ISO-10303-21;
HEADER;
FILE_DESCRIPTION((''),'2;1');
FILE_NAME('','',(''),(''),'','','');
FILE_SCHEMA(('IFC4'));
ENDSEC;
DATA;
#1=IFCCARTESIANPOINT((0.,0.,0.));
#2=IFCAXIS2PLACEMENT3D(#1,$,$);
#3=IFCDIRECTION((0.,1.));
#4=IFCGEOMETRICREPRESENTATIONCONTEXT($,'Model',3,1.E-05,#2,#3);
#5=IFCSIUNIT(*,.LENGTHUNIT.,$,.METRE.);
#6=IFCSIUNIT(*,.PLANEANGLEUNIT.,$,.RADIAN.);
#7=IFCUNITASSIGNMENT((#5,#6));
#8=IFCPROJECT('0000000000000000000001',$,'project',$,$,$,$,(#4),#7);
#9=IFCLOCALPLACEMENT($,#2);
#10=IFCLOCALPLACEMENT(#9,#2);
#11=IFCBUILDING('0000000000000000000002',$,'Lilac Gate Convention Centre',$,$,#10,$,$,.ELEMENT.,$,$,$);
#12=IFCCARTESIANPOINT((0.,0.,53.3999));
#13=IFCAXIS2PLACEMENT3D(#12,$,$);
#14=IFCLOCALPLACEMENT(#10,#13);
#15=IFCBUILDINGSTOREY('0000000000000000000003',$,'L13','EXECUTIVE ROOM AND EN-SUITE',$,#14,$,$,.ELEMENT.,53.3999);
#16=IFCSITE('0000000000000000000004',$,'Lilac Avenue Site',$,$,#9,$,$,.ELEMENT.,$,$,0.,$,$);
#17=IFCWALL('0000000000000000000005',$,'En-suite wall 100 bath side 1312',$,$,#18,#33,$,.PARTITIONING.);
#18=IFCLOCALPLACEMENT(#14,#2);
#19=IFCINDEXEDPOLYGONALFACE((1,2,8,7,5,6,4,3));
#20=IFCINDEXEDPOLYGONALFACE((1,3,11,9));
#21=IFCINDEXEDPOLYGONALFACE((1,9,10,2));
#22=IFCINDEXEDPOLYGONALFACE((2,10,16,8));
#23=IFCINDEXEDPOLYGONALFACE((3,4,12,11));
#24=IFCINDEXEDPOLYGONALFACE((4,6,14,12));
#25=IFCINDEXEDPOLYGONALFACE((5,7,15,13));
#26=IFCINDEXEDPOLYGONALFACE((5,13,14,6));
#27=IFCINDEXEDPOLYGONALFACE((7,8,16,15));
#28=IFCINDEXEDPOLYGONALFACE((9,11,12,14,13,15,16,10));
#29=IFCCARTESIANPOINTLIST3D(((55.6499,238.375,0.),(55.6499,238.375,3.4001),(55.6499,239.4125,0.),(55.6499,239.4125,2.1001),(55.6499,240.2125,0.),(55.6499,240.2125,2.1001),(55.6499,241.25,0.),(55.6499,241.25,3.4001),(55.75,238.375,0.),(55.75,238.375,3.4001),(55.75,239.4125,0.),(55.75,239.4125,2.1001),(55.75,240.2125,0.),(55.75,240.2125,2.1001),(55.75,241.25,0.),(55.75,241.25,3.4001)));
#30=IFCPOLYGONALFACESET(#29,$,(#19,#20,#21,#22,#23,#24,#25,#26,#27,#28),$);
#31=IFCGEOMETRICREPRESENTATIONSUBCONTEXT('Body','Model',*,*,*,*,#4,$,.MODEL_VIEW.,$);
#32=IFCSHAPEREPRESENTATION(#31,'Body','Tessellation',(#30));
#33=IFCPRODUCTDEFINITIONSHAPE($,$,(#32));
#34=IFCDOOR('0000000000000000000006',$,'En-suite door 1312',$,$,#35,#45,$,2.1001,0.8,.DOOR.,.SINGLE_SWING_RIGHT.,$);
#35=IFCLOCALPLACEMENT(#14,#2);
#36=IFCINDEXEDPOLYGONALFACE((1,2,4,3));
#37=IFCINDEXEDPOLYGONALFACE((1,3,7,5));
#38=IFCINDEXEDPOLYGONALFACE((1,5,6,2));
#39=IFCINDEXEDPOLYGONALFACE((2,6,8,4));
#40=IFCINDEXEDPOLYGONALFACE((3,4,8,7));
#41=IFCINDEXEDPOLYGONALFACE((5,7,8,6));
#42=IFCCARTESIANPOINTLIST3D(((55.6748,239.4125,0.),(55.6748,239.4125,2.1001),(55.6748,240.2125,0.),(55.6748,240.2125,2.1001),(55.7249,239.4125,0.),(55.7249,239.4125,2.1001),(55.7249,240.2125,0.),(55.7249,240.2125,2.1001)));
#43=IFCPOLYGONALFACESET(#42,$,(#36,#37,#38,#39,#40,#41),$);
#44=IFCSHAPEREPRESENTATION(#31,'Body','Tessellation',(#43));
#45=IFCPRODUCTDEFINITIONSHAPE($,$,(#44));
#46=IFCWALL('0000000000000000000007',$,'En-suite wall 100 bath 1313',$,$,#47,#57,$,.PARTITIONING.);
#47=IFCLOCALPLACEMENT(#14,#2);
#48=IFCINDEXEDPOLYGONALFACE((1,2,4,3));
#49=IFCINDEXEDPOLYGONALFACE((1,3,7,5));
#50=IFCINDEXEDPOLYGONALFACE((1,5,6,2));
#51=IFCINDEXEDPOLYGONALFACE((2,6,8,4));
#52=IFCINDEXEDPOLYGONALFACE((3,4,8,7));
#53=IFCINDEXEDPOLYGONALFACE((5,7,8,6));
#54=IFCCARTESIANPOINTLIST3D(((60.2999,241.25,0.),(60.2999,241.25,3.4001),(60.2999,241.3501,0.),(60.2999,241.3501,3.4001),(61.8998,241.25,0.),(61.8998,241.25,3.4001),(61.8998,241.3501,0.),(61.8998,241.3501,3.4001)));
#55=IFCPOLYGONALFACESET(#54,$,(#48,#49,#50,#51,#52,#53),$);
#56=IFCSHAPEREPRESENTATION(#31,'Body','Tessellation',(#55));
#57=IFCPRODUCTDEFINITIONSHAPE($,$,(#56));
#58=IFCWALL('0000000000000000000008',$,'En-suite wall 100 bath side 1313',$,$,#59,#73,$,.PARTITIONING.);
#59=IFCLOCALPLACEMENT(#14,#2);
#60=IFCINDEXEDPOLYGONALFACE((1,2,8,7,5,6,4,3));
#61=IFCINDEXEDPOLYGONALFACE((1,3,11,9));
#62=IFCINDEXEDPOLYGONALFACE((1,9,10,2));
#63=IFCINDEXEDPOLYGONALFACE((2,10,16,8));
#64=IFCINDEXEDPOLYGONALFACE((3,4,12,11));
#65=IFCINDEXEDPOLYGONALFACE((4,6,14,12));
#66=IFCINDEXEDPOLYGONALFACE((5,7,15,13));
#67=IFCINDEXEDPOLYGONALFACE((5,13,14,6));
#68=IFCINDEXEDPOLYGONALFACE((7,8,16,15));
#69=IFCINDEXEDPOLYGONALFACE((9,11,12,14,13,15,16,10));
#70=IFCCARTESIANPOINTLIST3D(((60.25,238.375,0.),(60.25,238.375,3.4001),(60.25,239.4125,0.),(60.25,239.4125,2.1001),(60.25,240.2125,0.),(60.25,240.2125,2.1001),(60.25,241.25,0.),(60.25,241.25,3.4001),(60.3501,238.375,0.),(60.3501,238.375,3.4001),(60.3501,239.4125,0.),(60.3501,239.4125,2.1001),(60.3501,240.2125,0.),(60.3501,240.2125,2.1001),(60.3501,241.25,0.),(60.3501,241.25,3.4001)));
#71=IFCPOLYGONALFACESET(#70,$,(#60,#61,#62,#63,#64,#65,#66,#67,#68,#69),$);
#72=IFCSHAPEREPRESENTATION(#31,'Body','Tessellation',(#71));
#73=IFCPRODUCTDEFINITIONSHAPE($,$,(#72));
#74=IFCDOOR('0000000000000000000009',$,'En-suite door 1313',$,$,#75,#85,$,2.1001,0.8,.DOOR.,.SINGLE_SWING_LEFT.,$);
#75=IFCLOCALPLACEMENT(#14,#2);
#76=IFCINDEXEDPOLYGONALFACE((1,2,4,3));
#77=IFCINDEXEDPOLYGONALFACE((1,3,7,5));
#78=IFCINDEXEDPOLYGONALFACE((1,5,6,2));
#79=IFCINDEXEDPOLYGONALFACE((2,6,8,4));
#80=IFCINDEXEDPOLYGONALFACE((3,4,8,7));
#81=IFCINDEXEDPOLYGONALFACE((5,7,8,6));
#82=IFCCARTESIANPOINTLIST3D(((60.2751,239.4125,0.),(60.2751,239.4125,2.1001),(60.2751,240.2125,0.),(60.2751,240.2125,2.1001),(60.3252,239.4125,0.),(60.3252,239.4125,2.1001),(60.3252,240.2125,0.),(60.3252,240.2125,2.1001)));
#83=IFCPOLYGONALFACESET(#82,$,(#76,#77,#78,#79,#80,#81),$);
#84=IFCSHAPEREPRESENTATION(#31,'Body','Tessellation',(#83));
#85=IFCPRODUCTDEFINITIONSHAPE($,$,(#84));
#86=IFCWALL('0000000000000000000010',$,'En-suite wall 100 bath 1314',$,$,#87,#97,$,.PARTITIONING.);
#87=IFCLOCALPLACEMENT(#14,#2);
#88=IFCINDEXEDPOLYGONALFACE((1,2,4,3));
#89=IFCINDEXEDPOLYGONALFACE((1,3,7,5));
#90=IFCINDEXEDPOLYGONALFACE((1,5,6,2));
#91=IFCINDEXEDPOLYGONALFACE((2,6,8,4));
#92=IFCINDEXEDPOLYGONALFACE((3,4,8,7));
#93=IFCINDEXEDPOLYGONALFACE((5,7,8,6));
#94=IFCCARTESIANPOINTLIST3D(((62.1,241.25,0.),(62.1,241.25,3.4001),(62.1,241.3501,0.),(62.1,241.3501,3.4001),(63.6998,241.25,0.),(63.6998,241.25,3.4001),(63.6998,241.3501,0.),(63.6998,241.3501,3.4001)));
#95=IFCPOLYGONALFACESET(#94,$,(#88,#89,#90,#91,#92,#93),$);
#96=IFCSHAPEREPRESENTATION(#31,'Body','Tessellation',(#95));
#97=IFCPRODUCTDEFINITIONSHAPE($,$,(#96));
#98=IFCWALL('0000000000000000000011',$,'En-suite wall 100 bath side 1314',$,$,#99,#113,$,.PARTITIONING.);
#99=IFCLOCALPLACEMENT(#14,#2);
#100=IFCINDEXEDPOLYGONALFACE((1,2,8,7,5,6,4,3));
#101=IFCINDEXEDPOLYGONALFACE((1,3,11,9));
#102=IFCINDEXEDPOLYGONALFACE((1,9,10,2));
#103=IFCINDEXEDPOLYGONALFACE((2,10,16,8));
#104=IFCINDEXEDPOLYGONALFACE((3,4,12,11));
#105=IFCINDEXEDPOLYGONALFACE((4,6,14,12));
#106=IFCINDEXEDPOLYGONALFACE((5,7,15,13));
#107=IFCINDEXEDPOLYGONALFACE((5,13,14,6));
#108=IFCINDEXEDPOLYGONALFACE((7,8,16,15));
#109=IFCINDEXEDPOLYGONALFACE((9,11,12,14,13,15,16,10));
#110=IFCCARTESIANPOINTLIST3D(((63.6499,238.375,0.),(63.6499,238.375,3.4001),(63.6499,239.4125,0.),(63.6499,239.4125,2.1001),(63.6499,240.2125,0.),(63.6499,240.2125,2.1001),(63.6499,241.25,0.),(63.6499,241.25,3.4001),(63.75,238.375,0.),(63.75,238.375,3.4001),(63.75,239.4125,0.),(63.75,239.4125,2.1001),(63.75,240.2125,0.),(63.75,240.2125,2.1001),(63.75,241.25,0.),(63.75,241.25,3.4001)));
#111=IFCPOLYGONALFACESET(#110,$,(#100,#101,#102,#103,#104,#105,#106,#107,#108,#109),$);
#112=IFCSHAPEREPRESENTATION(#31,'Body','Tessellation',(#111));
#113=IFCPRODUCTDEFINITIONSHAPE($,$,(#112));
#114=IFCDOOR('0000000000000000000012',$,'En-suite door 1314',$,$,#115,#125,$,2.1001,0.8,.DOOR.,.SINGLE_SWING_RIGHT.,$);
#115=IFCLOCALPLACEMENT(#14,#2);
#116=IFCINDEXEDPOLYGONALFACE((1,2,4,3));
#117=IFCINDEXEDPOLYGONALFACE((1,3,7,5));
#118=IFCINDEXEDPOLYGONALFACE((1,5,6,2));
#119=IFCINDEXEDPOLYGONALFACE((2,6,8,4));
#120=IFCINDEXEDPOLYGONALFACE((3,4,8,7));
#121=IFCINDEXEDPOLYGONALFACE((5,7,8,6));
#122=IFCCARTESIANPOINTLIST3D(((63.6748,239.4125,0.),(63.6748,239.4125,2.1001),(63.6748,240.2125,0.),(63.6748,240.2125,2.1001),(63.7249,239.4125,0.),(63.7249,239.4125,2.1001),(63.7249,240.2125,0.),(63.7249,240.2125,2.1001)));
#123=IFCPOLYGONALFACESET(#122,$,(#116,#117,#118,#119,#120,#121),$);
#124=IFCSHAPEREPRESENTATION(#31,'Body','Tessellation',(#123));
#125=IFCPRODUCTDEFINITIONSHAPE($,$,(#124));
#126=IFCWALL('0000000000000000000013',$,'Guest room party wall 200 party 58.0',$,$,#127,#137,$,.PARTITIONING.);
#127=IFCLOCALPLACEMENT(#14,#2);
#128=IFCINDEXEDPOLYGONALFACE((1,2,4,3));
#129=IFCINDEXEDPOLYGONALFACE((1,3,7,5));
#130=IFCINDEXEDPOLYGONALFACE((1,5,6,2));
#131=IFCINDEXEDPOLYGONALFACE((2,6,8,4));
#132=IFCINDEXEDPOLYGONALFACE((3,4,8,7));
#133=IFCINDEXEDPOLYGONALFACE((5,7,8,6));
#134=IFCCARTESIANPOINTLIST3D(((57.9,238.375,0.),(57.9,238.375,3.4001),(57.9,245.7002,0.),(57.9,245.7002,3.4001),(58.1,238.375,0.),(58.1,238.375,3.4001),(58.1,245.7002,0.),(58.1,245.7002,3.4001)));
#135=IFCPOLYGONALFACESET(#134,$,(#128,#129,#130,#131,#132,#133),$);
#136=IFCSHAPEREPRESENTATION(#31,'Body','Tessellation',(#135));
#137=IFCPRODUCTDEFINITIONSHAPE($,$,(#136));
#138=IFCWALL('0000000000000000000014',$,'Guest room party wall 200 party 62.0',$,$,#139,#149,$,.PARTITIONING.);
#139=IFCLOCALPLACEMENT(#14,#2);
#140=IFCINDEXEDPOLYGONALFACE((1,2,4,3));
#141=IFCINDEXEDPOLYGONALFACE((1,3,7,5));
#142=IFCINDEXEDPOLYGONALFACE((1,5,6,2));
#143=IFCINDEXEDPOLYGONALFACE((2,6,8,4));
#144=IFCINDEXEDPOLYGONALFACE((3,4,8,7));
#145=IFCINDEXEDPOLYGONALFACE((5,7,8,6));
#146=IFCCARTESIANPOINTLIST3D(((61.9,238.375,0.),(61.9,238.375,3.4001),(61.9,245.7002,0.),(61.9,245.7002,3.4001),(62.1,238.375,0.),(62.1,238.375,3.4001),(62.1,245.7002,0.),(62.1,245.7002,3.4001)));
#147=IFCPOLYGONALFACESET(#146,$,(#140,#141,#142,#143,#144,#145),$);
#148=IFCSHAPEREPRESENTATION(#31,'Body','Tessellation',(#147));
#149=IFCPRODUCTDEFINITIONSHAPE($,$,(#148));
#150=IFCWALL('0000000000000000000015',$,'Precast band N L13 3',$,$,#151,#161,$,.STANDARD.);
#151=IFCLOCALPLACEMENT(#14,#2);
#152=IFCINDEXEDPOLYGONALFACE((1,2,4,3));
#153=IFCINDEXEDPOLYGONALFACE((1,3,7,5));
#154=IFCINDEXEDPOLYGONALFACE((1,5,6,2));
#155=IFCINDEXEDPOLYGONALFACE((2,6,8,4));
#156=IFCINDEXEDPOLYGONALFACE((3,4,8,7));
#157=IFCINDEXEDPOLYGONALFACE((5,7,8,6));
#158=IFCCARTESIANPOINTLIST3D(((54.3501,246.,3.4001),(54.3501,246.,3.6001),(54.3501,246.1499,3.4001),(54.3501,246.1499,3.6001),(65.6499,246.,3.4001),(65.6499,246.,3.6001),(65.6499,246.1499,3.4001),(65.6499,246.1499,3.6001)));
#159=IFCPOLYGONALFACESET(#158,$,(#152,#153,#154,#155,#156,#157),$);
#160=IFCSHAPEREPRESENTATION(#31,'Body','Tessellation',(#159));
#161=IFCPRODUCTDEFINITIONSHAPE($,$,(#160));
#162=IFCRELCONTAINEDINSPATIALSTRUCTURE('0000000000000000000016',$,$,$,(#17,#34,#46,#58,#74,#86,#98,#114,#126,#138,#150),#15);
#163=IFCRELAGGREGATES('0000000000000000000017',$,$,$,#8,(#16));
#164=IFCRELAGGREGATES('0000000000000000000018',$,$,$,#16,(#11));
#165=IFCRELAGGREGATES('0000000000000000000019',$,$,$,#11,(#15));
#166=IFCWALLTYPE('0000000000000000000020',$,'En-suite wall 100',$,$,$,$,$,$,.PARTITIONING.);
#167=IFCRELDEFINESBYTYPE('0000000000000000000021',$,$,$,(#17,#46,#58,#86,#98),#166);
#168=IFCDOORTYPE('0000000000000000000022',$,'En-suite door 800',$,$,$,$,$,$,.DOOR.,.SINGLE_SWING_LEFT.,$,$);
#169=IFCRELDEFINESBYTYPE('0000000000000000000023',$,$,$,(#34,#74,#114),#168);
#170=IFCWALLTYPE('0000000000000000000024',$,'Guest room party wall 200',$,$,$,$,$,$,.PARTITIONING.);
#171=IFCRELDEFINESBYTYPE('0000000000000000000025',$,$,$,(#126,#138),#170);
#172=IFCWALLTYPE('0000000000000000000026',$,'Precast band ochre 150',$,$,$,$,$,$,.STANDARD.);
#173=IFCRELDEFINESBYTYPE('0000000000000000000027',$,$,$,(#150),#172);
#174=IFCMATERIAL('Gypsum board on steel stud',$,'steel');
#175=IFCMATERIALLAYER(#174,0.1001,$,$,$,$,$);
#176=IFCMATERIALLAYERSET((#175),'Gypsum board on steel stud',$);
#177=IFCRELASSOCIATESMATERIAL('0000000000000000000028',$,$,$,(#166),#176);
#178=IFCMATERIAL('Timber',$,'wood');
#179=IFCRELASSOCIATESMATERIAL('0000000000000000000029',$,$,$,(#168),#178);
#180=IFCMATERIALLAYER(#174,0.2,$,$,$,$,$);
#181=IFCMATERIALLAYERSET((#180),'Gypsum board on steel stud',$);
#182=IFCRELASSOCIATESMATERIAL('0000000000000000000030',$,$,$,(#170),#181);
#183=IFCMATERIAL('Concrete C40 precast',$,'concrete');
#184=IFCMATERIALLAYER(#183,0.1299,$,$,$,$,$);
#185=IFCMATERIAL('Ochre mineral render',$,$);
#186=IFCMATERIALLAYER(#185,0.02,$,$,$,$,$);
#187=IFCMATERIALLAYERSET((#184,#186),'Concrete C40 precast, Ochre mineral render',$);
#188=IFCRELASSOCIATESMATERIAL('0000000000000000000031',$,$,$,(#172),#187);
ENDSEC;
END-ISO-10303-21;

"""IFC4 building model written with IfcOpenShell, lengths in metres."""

from ifc_helpers import new_model, si_unit, direction, frame, frame_2d, origin, place, context, subcontext, project, spatial, rectangle, extrude, material, layer, layer_set, type_object, element, fill, save


model = new_model("IFC4")

# Units and contexts
model_context = context("Model", 3, precision=1e-05, world=origin(), true_north=direction((0.0, 1.0)))
body_context = subcontext(model_context, "Body", "Model", "MODEL_VIEW")
ifc_project = project(units=[si_unit("LENGTHUNIT", "METRE"), si_unit("PLANEANGLEUNIT", "RADIAN")], contexts=[model_context])

# Site, building, storey
site_placement = place(None, origin())
site = spatial("IfcSite", under=ifc_project, at=site_placement, Name="Lilac Avenue Site", CompositionType="ELEMENT", RefElevation=0.0)
building_placement = place(site_placement, origin())
building = spatial("IfcBuilding", under=site, at=building_placement, Name="Lilac Gate Convention Centre", CompositionType="ELEMENT")
storey_placement = place(building_placement, frame((0.0, 0.0, 53.3999)))
storey = spatial("IfcBuildingStorey", under=building, at=storey_placement, Name="L13", Description="EXECUTIVE ROOM AND EN-SUITE", CompositionType="ELEMENT", Elevation=53.3999)

# Shared definitions
ifc_material_1 = material(Name="Gypsum board on steel stud", Category="steel")
ifc_material_2 = material(Name="Timber", Category="wood")

# Shared definitions
ifc_layer_1 = layer(ifc_material_1, 0.1001)
ifc_layer_set_1 = layer_set([ifc_layer_1], Name="Gypsum board on steel stud")
wall_type_1 = type_object("IfcWallType", Name="En-suite wall 100", PredefinedType="PARTITIONING", material=ifc_layer_set_1)

# Wall, opening, door
wall_1_placement = place(storey_placement, frame((55.7, 241.25, 0.0), z_axis=(0.0, 0.0, 1.0), x_axis=(0.0, -1.0, 0.0)))
wall_1 = element("IfcWall", 1, at=wall_1_placement, inside=storey, type_object=wall_type_1, Name="En-suite wall 100 bath side 1312", PredefinedType="PARTITIONING", context=body_context, shape_type="SweptSolid", body=[
    extrude(rectangle(XDim=2.875, YDim=0.1001, at=frame_2d((1.4375, 0.0))), origin(), (0.0, 0.0, 1.0), 3.4001),
])
opening_1_placement = place(wall_1_placement, frame((1.0376, 0.0, 0.0)))
opening_1 = element("IfcOpeningElement", 2, at=opening_1_placement, cuts=wall_1, PredefinedType="OPENING", context=body_context, shape_type="SweptSolid", body=[
    extrude(rectangle(XDim=0.8, YDim=2.1001, at=frame_2d((0.3999, 1.05))), frame((0.0, 0.0601, 0.0), z_axis=(0.0, -1.0, 0.0), x_axis=(1.0, 0.0, 0.0)), (0.0, 0.0, 1.0), 0.1201),
])
door_type_1 = type_object("IfcDoorType", Name="En-suite door 800", OperationType="SINGLE_SWING_LEFT", PredefinedType="DOOR", material=ifc_material_2)
door_1_placement = place(opening_1_placement, origin())
door_1 = element("IfcDoor", 3, at=door_1_placement, inside=storey, type_object=door_type_1, Name="En-suite door 1312", OperationType="SINGLE_SWING_RIGHT", OverallHeight=2.1001, OverallWidth=0.8, PredefinedType="DOOR", context=body_context, shape_type="SweptSolid", body=[
    extrude(rectangle(XDim=0.8, YDim=2.1001, at=frame_2d((0.3999, 1.05))), frame((0.0, 0.0249, 0.0), z_axis=(0.0, -1.0, 0.0), x_axis=(1.0, 0.0, 0.0)), (0.0, 0.0, 1.0), 0.05),
])
fill(opening_1, door_1)

# Wall
wall_2_placement = place(storey_placement, frame((60.3, 241.3, 0.0), z_axis=(0.0, 0.0, 1.0), x_axis=(1.0, 0.0, 0.0)))
element("IfcWall", 4, at=wall_2_placement, inside=storey, type_object=wall_type_1, Name="En-suite wall 100 bath 1313", PredefinedType="PARTITIONING", context=body_context, shape_type="SweptSolid", body=[
    extrude(rectangle(XDim=1.5999, YDim=0.1001, at=frame_2d((0.7998, 0.0))), origin(), (0.0, 0.0, 1.0), 3.4001),
])

# Wall, opening, door
wall_3_placement = place(storey_placement, frame((60.3, 238.375, 0.0), z_axis=(0.0, 0.0, 1.0), x_axis=(0.0, 1.0, 0.0)))
wall_3 = element("IfcWall", 5, at=wall_3_placement, inside=storey, type_object=wall_type_1, Name="En-suite wall 100 bath side 1313", PredefinedType="PARTITIONING", context=body_context, shape_type="SweptSolid", body=[
    extrude(rectangle(XDim=2.875, YDim=0.1001, at=frame_2d((1.4375, 0.0))), origin(), (0.0, 0.0, 1.0), 3.4001),
])
opening_2_placement = place(wall_3_placement, frame((1.0376, 0.0, 0.0)))
opening_2 = element("IfcOpeningElement", 6, at=opening_2_placement, cuts=wall_3, PredefinedType="OPENING", context=body_context, shape_type="SweptSolid", body=[
    extrude(rectangle(XDim=0.8, YDim=2.1001, at=frame_2d((0.3999, 1.05))), frame((0.0, 0.0601, 0.0), z_axis=(0.0, -1.0, 0.0), x_axis=(1.0, 0.0, 0.0)), (0.0, 0.0, 1.0), 0.1201),
])
door_2_placement = place(opening_2_placement, origin())
door_2 = element("IfcDoor", 7, at=door_2_placement, inside=storey, type_object=door_type_1, Name="En-suite door 1313", OperationType="SINGLE_SWING_LEFT", OverallHeight=2.1001, OverallWidth=0.8, PredefinedType="DOOR", context=body_context, shape_type="SweptSolid", body=[
    extrude(rectangle(XDim=0.8, YDim=2.1001, at=frame_2d((0.3999, 1.05))), frame((0.0, 0.0249, 0.0), z_axis=(0.0, -1.0, 0.0), x_axis=(1.0, 0.0, 0.0)), (0.0, 0.0, 1.0), 0.05),
])
fill(opening_2, door_2)

# Wall
wall_4_placement = place(storey_placement, frame((62.1001, 241.3, 0.0), z_axis=(0.0, 0.0, 1.0), x_axis=(1.0, 0.0, 0.0)))
element("IfcWall", 8, at=wall_4_placement, inside=storey, type_object=wall_type_1, Name="En-suite wall 100 bath 1314", PredefinedType="PARTITIONING", context=body_context, shape_type="SweptSolid", body=[
    extrude(rectangle(XDim=1.5999, YDim=0.1001, at=frame_2d((0.7998, 0.0))), origin(), (0.0, 0.0, 1.0), 3.4001),
])

# Wall, opening, door
wall_5_placement = place(storey_placement, frame((63.7, 241.25, 0.0), z_axis=(0.0, 0.0, 1.0), x_axis=(0.0, -1.0, 0.0)))
wall_5 = element("IfcWall", 9, at=wall_5_placement, inside=storey, type_object=wall_type_1, Name="En-suite wall 100 bath side 1314", PredefinedType="PARTITIONING", context=body_context, shape_type="SweptSolid", body=[
    extrude(rectangle(XDim=2.875, YDim=0.1001, at=frame_2d((1.4375, 0.0))), origin(), (0.0, 0.0, 1.0), 3.4001),
])
opening_3_placement = place(wall_5_placement, frame((1.0376, 0.0, 0.0)))
opening_3 = element("IfcOpeningElement", 10, at=opening_3_placement, cuts=wall_5, PredefinedType="OPENING", context=body_context, shape_type="SweptSolid", body=[
    extrude(rectangle(XDim=0.8, YDim=2.1001, at=frame_2d((0.3999, 1.05))), frame((0.0, 0.0601, 0.0), z_axis=(0.0, -1.0, 0.0), x_axis=(1.0, 0.0, 0.0)), (0.0, 0.0, 1.0), 0.1201),
])
door_3_placement = place(opening_3_placement, origin())
door_3 = element("IfcDoor", 11, at=door_3_placement, inside=storey, type_object=door_type_1, Name="En-suite door 1314", OperationType="SINGLE_SWING_RIGHT", OverallHeight=2.1001, OverallWidth=0.8, PredefinedType="DOOR", context=body_context, shape_type="SweptSolid", body=[
    extrude(rectangle(XDim=0.8, YDim=2.1001, at=frame_2d((0.3999, 1.05))), frame((0.0, 0.0249, 0.0), z_axis=(0.0, -1.0, 0.0), x_axis=(1.0, 0.0, 0.0)), (0.0, 0.0, 1.0), 0.05),
])
fill(opening_3, door_3)

# Walls
ifc_layer_2 = layer(ifc_material_1, 0.2)
ifc_layer_set_2 = layer_set([ifc_layer_2], Name="Gypsum board on steel stud")
wall_type_2 = type_object("IfcWallType", Name="Guest room party wall 200", PredefinedType="PARTITIONING", material=ifc_layer_set_2)
for number, where, z_axis, x_axis, name in (
    (12, (58.0, 245.7002, 0.0), (0.0, 0.0, 1.0), (0.0, -1.0, 0.0), "Guest room party wall 200 party 58.0"),
    (13, (62.0, 245.7002, 0.0), (0.0, 0.0, 1.0), (0.0, -1.0, 0.0), "Guest room party wall 200 party 62.0"),
):
    element("IfcWall", number, at=place(storey_placement, frame(where, z_axis=z_axis, x_axis=x_axis)), inside=storey, type_object=wall_type_2, Name=name, PredefinedType="PARTITIONING", context=body_context, shape_type="SweptSolid", body=[
        extrude(rectangle(XDim=7.3252, YDim=0.2, at=frame_2d((3.6626, 0.0))), origin(), (0.0, 0.0, 1.0), 3.4001),
    ])
ifc_material_3 = material(Name="Concrete C40 precast", Category="concrete")
ifc_layer_3 = layer(ifc_material_3, 0.1299)
ifc_material_4 = material(Name="Ochre mineral render")
ifc_layer_4 = layer(ifc_material_4, 0.02)
ifc_layer_set_3 = layer_set([ifc_layer_3, ifc_layer_4], Name="Concrete C40 precast, Ochre mineral render")
wall_type_3 = type_object("IfcWallType", Name="Precast band ochre 150", PredefinedType="STANDARD", material=ifc_layer_set_3)
wall_6_placement = place(storey_placement, frame((65.6499, 246.075, 3.4001), z_axis=(0.0, 0.0, 1.0), x_axis=(-1.0, 0.0, 0.0)))
element("IfcWall", 14, at=wall_6_placement, inside=storey, type_object=wall_type_3, Name="Precast band N L13 3", PredefinedType="STANDARD", context=body_context, shape_type="SweptSolid", body=[
    extrude(rectangle(XDim=11.2998, YDim=0.1499, at=frame_2d((5.6499, 0.0))), origin(), (0.0, 0.0, 1.0), 0.2),
])

save(model, "model.ifc")
